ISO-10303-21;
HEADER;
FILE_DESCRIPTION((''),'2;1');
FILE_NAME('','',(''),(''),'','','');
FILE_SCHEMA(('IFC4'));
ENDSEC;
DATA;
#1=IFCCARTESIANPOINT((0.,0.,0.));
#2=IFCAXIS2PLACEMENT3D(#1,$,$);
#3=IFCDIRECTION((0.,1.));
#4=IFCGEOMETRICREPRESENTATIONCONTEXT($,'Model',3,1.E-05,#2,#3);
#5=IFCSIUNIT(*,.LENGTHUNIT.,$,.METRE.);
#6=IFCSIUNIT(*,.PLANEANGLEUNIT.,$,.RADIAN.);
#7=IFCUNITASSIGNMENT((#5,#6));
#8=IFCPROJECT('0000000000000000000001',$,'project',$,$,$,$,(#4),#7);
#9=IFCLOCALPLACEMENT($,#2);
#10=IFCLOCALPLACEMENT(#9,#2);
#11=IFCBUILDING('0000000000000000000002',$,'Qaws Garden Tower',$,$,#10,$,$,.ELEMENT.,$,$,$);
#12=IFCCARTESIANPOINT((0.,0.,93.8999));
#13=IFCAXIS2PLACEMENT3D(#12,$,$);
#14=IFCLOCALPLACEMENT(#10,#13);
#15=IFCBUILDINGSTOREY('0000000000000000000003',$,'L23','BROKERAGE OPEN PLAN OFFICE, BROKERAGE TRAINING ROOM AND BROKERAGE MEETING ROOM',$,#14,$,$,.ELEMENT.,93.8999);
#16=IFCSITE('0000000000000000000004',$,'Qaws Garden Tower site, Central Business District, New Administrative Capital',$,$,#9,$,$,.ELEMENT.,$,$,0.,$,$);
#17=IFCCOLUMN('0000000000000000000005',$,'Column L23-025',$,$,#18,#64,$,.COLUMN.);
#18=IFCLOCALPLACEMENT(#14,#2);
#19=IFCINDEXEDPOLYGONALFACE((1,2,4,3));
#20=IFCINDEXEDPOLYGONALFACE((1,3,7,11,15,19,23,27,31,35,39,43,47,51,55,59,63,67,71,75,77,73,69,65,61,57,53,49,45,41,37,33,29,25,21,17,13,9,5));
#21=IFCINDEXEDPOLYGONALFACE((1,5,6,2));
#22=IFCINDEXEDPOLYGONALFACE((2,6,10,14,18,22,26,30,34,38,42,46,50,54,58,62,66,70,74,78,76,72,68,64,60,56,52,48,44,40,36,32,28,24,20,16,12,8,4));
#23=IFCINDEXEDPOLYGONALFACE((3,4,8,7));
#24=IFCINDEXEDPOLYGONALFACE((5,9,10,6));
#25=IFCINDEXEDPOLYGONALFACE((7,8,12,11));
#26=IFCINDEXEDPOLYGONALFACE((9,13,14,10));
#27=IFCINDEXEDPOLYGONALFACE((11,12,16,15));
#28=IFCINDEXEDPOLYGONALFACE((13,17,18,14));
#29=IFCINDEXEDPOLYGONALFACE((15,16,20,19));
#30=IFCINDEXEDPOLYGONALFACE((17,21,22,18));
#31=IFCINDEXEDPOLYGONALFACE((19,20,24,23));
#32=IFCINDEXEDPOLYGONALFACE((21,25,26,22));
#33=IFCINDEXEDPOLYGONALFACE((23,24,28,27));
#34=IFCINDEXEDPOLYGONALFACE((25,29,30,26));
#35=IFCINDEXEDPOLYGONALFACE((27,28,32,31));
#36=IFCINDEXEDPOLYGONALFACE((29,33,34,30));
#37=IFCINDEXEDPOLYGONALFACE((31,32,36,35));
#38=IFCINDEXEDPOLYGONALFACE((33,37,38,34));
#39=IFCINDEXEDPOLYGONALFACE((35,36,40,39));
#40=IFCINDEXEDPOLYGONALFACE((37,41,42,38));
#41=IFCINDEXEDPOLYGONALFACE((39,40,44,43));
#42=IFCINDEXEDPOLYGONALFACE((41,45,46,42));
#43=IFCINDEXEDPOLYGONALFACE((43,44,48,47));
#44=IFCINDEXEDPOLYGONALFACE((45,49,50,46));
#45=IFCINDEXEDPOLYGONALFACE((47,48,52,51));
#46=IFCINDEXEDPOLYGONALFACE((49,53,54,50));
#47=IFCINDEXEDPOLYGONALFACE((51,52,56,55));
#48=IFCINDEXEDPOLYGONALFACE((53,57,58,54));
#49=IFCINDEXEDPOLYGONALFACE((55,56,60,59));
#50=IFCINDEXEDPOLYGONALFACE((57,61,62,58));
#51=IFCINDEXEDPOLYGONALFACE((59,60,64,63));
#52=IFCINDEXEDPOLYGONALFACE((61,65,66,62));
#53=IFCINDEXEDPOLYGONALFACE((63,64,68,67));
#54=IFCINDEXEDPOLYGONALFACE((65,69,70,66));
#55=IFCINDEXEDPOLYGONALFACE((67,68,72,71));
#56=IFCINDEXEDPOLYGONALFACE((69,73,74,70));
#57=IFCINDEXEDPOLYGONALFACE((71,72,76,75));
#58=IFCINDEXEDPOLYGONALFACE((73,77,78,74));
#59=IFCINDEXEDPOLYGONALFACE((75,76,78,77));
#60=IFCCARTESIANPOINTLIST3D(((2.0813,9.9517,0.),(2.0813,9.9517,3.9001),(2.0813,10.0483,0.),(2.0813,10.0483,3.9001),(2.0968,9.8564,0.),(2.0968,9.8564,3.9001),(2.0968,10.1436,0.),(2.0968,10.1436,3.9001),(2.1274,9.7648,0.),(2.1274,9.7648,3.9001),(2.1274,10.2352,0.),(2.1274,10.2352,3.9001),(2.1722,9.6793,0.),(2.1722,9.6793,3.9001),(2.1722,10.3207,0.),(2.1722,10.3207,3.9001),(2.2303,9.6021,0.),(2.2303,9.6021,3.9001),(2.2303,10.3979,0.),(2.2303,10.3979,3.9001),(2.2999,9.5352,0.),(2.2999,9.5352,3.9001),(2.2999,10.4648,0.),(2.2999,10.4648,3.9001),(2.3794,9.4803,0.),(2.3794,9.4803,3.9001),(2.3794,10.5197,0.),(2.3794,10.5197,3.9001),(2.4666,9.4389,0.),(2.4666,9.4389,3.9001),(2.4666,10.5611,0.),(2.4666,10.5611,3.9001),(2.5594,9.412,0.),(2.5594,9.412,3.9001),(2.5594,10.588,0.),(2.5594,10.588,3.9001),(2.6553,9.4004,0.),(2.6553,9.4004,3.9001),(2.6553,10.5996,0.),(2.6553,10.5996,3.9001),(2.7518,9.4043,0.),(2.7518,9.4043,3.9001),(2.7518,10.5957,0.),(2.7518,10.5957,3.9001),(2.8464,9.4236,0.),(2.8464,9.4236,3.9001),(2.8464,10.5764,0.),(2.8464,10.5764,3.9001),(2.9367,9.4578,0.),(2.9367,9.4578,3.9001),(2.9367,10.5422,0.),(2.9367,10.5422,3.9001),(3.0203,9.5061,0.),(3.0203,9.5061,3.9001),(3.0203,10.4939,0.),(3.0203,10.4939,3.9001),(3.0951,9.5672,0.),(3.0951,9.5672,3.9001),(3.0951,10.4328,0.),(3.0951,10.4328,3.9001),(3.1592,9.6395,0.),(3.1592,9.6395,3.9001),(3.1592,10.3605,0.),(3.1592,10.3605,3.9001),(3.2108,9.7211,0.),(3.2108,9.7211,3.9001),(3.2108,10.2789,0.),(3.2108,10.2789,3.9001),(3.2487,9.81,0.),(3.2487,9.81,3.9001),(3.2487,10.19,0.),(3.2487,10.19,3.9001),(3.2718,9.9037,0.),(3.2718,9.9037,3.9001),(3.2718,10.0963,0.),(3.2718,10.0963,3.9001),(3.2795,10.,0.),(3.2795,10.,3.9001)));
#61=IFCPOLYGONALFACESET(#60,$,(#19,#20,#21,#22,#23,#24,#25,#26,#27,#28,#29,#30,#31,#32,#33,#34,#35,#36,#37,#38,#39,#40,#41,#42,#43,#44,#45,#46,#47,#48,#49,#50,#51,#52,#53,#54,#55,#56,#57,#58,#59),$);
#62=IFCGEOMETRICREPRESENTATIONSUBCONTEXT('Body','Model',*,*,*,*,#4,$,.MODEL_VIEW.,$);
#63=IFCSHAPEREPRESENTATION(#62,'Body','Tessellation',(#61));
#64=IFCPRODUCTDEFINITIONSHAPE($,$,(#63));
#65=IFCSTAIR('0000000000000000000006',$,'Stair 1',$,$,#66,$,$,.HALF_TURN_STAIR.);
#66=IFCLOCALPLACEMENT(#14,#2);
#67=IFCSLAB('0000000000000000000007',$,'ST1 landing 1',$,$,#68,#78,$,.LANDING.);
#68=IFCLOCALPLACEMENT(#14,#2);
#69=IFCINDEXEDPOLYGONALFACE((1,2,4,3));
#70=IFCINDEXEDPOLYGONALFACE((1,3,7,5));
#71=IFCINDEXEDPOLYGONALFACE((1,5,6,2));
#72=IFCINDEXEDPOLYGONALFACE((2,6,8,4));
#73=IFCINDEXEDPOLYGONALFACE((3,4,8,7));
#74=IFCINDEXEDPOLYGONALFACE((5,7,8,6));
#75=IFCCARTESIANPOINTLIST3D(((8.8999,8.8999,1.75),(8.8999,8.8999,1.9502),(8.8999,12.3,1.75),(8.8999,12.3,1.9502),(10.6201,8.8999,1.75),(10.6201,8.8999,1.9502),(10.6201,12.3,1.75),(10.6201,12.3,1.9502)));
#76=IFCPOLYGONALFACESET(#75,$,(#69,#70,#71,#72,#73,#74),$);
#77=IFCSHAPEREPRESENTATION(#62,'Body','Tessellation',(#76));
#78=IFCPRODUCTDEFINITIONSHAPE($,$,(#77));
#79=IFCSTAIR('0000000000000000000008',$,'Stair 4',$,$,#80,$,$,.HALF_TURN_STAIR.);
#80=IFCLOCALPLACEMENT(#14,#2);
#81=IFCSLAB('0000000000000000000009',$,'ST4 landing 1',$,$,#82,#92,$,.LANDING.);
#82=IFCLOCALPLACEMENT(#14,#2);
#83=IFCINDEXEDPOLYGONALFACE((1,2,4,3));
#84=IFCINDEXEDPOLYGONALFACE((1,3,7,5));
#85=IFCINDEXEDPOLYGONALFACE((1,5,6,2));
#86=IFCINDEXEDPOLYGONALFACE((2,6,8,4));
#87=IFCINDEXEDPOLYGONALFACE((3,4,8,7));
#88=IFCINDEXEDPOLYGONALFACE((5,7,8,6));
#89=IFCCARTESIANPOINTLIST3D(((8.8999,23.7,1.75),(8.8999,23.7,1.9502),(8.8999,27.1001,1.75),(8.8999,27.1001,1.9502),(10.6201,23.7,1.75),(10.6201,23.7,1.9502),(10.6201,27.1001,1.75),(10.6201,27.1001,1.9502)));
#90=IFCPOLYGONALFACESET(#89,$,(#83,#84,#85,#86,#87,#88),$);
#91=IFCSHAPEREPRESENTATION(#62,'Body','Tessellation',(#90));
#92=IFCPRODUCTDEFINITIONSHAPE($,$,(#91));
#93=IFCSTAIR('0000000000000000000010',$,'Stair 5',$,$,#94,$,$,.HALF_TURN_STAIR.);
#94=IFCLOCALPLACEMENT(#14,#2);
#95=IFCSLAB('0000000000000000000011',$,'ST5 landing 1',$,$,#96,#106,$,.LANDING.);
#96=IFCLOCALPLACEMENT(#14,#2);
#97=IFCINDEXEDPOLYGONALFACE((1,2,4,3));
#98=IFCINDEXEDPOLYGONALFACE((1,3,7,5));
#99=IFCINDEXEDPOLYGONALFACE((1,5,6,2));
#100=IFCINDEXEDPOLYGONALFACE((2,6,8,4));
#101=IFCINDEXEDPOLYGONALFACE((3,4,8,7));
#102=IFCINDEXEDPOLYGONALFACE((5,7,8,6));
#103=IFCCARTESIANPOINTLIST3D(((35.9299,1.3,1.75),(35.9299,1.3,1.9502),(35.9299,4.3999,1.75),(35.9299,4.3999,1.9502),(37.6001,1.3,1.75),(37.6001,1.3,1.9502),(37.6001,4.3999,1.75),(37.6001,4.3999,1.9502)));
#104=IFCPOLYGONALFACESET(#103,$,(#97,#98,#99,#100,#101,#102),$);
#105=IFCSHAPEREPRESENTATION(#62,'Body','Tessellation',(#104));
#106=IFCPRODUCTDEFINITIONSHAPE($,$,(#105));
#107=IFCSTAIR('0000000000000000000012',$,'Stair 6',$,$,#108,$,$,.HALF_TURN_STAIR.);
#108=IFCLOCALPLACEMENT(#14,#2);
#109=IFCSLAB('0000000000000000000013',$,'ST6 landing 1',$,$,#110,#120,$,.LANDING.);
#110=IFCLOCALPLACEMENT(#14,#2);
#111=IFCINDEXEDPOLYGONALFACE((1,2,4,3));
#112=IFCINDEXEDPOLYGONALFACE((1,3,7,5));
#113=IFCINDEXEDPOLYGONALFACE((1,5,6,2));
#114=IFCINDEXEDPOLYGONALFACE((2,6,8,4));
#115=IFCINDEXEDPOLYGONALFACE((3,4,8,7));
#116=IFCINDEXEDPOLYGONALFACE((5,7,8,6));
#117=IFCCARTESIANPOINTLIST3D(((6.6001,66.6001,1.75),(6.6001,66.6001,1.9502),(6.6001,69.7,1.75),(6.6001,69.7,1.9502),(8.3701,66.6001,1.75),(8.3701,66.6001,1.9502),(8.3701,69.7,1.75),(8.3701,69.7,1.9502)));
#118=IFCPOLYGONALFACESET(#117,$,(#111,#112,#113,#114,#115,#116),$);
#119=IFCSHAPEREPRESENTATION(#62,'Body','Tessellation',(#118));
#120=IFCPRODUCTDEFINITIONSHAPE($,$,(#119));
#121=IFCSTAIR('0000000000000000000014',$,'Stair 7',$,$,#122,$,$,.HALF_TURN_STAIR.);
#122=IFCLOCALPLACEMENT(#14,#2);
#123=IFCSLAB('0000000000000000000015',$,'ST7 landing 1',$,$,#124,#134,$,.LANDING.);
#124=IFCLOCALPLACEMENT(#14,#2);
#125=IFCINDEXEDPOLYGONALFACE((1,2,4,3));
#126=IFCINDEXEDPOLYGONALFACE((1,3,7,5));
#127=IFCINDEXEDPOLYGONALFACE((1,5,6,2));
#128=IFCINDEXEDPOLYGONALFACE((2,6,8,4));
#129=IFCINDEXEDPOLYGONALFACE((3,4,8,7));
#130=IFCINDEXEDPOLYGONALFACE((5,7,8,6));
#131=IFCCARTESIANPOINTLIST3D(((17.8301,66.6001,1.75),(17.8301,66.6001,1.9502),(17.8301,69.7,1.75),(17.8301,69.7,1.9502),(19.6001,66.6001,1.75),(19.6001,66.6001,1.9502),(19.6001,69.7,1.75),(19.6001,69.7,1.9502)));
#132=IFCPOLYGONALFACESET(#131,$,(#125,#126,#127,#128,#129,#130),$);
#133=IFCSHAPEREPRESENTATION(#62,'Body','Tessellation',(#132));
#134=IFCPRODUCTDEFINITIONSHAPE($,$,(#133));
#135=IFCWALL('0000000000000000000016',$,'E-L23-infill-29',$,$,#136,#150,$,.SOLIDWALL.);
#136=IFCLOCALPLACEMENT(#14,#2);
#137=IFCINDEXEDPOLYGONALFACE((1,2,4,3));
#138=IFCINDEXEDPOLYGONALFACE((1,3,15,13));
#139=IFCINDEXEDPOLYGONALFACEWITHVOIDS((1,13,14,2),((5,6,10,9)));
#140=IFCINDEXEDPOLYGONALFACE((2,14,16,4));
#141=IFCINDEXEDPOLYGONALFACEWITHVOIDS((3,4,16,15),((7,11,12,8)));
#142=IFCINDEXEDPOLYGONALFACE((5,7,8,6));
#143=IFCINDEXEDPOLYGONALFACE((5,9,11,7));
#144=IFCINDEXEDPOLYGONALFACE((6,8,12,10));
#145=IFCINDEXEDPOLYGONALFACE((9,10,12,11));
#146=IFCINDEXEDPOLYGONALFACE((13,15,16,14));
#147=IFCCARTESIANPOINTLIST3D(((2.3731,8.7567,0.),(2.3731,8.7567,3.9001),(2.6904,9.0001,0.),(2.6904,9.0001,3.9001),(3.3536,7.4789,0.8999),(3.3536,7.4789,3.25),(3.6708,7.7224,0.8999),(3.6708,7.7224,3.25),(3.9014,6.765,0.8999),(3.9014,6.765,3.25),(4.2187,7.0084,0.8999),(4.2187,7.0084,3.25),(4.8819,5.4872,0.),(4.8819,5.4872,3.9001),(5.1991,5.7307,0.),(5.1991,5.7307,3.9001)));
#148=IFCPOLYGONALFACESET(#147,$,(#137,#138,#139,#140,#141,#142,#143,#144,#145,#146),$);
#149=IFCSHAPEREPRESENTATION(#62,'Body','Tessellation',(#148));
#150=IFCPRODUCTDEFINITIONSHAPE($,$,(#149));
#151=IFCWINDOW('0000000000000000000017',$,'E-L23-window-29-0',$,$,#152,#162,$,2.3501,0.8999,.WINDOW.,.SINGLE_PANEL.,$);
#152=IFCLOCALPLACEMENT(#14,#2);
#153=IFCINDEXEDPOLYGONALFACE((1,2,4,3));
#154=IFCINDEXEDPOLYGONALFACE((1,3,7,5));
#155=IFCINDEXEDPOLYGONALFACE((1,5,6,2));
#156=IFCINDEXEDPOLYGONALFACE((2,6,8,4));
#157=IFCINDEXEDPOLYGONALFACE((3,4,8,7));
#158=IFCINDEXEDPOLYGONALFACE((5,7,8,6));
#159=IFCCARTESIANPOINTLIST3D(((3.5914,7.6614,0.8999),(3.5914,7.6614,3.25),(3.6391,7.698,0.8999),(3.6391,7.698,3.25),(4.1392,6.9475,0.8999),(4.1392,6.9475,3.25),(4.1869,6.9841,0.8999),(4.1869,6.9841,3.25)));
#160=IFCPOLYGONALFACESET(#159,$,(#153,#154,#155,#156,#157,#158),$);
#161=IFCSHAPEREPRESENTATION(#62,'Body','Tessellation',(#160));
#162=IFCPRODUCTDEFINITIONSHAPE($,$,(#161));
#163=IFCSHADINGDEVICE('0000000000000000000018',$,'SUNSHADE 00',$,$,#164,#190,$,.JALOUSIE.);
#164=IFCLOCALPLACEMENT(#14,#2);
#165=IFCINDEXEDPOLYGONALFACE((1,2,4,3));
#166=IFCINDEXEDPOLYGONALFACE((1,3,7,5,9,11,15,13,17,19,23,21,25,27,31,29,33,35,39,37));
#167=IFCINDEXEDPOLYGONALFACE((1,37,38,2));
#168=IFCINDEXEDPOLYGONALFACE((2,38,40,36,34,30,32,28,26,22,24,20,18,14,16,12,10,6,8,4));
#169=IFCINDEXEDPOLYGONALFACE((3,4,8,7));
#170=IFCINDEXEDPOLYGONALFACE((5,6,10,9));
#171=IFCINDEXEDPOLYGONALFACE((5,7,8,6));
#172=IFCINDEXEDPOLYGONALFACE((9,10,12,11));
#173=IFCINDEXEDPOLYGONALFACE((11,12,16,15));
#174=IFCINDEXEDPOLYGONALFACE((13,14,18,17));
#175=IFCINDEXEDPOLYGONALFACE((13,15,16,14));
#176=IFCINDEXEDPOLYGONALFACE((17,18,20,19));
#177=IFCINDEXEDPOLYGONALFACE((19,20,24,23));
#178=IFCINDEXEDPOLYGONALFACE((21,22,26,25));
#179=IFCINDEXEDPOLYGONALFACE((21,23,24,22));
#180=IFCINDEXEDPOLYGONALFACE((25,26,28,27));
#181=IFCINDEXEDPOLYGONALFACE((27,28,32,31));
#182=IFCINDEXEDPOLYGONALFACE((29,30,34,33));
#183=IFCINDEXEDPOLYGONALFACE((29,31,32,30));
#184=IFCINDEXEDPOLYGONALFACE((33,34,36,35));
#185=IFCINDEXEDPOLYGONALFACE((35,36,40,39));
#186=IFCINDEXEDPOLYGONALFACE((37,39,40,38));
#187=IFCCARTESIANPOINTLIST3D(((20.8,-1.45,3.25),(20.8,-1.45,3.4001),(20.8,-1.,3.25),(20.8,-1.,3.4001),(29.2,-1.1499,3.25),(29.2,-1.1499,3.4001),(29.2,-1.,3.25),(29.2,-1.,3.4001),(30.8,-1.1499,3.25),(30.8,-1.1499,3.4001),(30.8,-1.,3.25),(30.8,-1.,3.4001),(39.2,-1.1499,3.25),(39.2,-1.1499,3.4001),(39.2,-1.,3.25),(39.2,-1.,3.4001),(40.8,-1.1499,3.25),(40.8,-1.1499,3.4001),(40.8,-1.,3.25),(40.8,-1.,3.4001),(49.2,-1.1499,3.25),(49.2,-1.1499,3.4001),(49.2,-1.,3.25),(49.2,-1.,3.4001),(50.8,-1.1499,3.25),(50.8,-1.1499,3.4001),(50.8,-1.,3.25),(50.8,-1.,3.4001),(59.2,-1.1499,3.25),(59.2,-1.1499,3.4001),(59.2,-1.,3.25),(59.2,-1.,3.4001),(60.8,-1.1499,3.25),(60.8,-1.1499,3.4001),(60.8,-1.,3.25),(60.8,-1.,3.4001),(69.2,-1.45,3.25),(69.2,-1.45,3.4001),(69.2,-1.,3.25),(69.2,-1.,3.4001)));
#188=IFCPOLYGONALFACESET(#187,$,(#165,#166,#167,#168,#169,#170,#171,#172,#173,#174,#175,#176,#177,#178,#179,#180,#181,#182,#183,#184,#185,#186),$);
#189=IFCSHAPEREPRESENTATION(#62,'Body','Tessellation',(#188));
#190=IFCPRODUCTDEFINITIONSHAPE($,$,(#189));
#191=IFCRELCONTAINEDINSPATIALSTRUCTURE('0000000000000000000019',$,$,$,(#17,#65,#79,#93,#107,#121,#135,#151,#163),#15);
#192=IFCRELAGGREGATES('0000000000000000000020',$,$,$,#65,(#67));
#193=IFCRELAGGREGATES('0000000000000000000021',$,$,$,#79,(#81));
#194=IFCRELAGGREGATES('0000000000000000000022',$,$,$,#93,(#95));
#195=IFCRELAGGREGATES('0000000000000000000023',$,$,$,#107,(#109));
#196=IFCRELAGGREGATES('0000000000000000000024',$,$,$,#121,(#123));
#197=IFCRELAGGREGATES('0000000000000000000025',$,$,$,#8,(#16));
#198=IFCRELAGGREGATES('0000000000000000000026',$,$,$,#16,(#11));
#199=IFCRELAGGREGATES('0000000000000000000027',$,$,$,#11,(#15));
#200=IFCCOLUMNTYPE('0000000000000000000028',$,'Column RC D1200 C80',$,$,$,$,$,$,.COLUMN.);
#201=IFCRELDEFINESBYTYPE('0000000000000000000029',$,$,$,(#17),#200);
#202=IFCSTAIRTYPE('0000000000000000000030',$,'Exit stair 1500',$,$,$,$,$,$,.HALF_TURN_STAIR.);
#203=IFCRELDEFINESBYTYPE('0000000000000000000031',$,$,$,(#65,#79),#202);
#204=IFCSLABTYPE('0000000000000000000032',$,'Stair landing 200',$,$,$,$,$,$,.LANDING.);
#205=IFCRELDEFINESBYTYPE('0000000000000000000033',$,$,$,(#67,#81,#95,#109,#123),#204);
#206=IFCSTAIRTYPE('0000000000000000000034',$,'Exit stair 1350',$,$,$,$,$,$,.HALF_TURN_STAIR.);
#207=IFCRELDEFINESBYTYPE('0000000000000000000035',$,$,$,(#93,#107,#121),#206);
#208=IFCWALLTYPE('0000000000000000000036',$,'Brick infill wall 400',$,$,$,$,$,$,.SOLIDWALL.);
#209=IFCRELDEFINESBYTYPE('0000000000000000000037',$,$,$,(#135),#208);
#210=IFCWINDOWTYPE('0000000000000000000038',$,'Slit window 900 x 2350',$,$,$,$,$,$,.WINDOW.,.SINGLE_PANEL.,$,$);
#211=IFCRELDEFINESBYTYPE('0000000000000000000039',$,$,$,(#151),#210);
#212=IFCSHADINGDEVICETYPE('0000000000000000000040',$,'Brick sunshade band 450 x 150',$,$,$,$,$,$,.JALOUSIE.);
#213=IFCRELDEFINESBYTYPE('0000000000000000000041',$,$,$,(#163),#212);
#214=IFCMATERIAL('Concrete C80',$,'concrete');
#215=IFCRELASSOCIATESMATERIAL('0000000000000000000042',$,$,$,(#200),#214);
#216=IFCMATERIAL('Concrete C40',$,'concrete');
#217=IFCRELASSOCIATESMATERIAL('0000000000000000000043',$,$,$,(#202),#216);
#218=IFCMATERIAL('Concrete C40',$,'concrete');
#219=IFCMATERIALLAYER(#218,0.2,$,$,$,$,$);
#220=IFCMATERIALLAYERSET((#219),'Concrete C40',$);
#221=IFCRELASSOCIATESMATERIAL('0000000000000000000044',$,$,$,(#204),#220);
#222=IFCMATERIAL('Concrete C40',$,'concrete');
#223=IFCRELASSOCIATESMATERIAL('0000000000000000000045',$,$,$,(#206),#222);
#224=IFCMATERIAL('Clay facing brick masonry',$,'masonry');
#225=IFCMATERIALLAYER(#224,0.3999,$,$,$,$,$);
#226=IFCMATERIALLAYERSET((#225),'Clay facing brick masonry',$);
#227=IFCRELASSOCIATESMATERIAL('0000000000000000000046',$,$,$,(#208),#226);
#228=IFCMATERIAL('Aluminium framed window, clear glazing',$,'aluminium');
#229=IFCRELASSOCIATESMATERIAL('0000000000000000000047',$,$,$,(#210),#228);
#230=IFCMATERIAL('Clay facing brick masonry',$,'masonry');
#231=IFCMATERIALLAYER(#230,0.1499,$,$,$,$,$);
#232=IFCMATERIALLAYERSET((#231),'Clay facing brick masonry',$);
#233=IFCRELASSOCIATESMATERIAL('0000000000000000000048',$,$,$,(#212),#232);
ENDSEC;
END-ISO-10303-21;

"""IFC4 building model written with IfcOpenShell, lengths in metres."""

from ifc_helpers import new_model, si_unit, direction, frame, frame_2d, origin, origin_2d, place, context, subcontext, project, spatial, polyline, rectangle, circle, outline, extrude, material, layer, layer_set, material_profile, profile_set, type_object, element, fill, aggregate, save


model = new_model("IFC4")

# Units and contexts
model_context = context("Model", 3, precision=1e-05, world=origin(), true_north=direction((0.0, 1.0)))
body_context = subcontext(model_context, "Body", "Model", "MODEL_VIEW")
ifc_project = project(units=[si_unit("LENGTHUNIT", "METRE"), si_unit("PLANEANGLEUNIT", "RADIAN")], contexts=[model_context])

# Site, building, storey
site_placement = place(None, origin())
site = spatial("IfcSite", under=ifc_project, at=site_placement, Name="Qaws Garden Tower site, Central Business District, New Administrative Capital", CompositionType="ELEMENT", RefElevation=0.0)
building_placement = place(site_placement, origin())
building = spatial("IfcBuilding", under=site, at=building_placement, Name="Qaws Garden Tower", CompositionType="ELEMENT")
storey_placement = place(building_placement, frame((0.0, 0.0, 93.8999)))
storey = spatial("IfcBuildingStorey", under=building, at=storey_placement, Name="L23", Description="BROKERAGE OPEN PLAN OFFICE, BROKERAGE TRAINING ROOM AND BROKERAGE MEETING ROOM", CompositionType="ELEMENT", Elevation=93.8999)

# Column
ifc_material_1 = material(Name="Concrete C80", Category="concrete")
ifc_material_profile = material_profile(ifc_material_1, circle(Radius=0.6001, at=origin_2d()), Name="RC D1200")
ifc_profile_set = profile_set([ifc_material_profile], Name="Concrete C80")
column_type = type_object("IfcColumnType", Name="Column RC D1200 C80", PredefinedType="COLUMN", material=ifc_profile_set)
column_placement = place(storey_placement, frame((2.6794, 10.0, 0.0), z_axis=(0.0, 0.0, 1.0), x_axis=(1.0, 0.0, 0.0)))
element("IfcColumn", 1, at=column_placement, inside=storey, type_object=column_type, Name="Column L23-025", PredefinedType="COLUMN", context=body_context, shape_type="SweptSolid", body=[
    extrude(circle(Radius=0.6001, at=origin_2d()), origin(), (0.0, 0.0, 1.0), 3.9001),
])

# Stairs, slabs
ifc_material_2 = material(Name="Concrete C40", Category="concrete")
stair_type_1 = type_object("IfcStairType", Name="Exit stair 1500", PredefinedType="HALF_TURN_STAIR", material=ifc_material_2)
placement_1 = place(storey_placement, origin())
stair_1 = element("IfcStair", 2, at=placement_1, inside=storey, type_object=stair_type_1, Name="Stair 1", PredefinedType="HALF_TURN_STAIR")
ifc_material_3 = material(Name="Concrete C40", Category="concrete")
ifc_layer_1 = layer(ifc_material_3, 0.2)
ifc_layer_set_1 = layer_set([ifc_layer_1], Name="Concrete C40")
slab_type = type_object("IfcSlabType", Name="Stair landing 200", PredefinedType="LANDING", material=ifc_layer_set_1)
placement_2 = place(storey_placement, frame((0.0, 0.0, 1.75)))
slab_1 = element("IfcSlab", 3, at=placement_2, type_object=slab_type, Name="ST1 landing 1", PredefinedType="LANDING", context=body_context, shape_type="SweptSolid", body=[
    extrude(outline(polyline([(8.8999, 8.8999), (10.6201, 8.8999), (10.6201, 12.3), (8.8999, 12.3), (8.8999, 8.8999)])), origin(), (0.0, 0.0, 1.0), 0.2002),
])
aggregate(stair_1, [slab_1])
stair_2 = element("IfcStair", 4, at=placement_1, inside=storey, type_object=stair_type_1, Name="Stair 4", PredefinedType="HALF_TURN_STAIR")
slab_2 = element("IfcSlab", 5, at=placement_2, type_object=slab_type, Name="ST4 landing 1", PredefinedType="LANDING", context=body_context, shape_type="SweptSolid", body=[
    extrude(outline(polyline([(8.8999, 23.7), (10.6201, 23.7), (10.6201, 27.1001), (8.8999, 27.1001), (8.8999, 23.7)])), origin(), (0.0, 0.0, 1.0), 0.2002),
])
aggregate(stair_2, [slab_2])
ifc_material_4 = material(Name="Concrete C40", Category="concrete")
stair_type_2 = type_object("IfcStairType", Name="Exit stair 1350", PredefinedType="HALF_TURN_STAIR", material=ifc_material_4)
stair_3 = element("IfcStair", 6, at=placement_1, inside=storey, type_object=stair_type_2, Name="Stair 5", PredefinedType="HALF_TURN_STAIR")
slab_3 = element("IfcSlab", 7, at=placement_2, type_object=slab_type, Name="ST5 landing 1", PredefinedType="LANDING", context=body_context, shape_type="SweptSolid", body=[
    extrude(outline(polyline([(35.9299, 1.3), (37.6001, 1.3), (37.6001, 4.3999), (35.9299, 4.3999), (35.9299, 1.3)])), origin(), (0.0, 0.0, 1.0), 0.2002),
])
aggregate(stair_3, [slab_3])
stair_4 = element("IfcStair", 8, at=placement_1, inside=storey, type_object=stair_type_2, Name="Stair 6", PredefinedType="HALF_TURN_STAIR")
slab_4 = element("IfcSlab", 9, at=placement_2, type_object=slab_type, Name="ST6 landing 1", PredefinedType="LANDING", context=body_context, shape_type="SweptSolid", body=[
    extrude(outline(polyline([(6.6001, 66.6001), (8.3701, 66.6001), (8.3701, 69.7), (6.6001, 69.7), (6.6001, 66.6001)])), origin(), (0.0, 0.0, 1.0), 0.2002),
])
aggregate(stair_4, [slab_4])
stair_5 = element("IfcStair", 10, at=placement_1, inside=storey, type_object=stair_type_2, Name="Stair 7", PredefinedType="HALF_TURN_STAIR")
slab_5 = element("IfcSlab", 11, at=placement_2, type_object=slab_type, Name="ST7 landing 1", PredefinedType="LANDING", context=body_context, shape_type="SweptSolid", body=[
    extrude(outline(polyline([(17.8301, 66.6001), (19.6001, 66.6001), (19.6001, 69.7), (17.8301, 69.7), (17.8301, 66.6001)])), origin(), (0.0, 0.0, 1.0), 0.2002),
])
aggregate(stair_5, [slab_5])

# Wall, opening, window
ifc_material_5 = material(Name="Clay facing brick masonry", Category="masonry")
ifc_layer_2 = layer(ifc_material_5, 0.3999)
ifc_layer_set_2 = layer_set([ifc_layer_2], Name="Clay facing brick masonry")
wall_type = type_object("IfcWallType", Name="Brick infill wall 400", PredefinedType="SOLIDWALL", material=ifc_layer_set_2)
wall_placement = place(storey_placement, frame((2.5317, 8.8784, 0.0), z_axis=(0.0, 0.0, 1.0), x_axis=(0.60876, -0.793355, 0.0)))
wall = element("IfcWall", 12, at=wall_placement, inside=storey, type_object=wall_type, Name="E-L23-infill-29", PredefinedType="SOLIDWALL", context=body_context, shape_type="SweptSolid", body=[
    extrude(rectangle(XDim=4.1211, YDim=0.3999, at=frame_2d((2.0605, 0.0))), origin(), (0.0, 0.0, 1.0), 3.9001),
])
opening_placement = place(wall_placement, frame((1.6106, 0.0, 0.8999)))
opening = element("IfcOpeningElement", 13, at=opening_placement, cuts=wall, PredefinedType="OPENING", context=body_context, shape_type="SweptSolid", body=[
    extrude(rectangle(XDim=0.8999, YDim=2.3501, at=frame_2d((0.45, 1.175))), frame((0.0, 0.21, 0.0), z_axis=(0.0, -1.0, 0.0), x_axis=(1.0, 0.0, 0.0)), (0.0, 0.0, 1.0), 0.4199),
])
ifc_material_6 = material(Name="Aluminium framed window, clear glazing", Category="aluminium")
window_type = type_object("IfcWindowType", Name="Slit window 900 x 2350", PartitioningType="SINGLE_PANEL", PredefinedType="WINDOW", material=ifc_material_6)
window_placement = place(opening_placement, origin())
window = element("IfcWindow", 14, at=window_placement, inside=storey, type_object=window_type, Name="E-L23-window-29-0", OverallHeight=2.3501, OverallWidth=0.8999, PartitioningType="SINGLE_PANEL", PredefinedType="WINDOW", context=body_context, shape_type="SweptSolid", body=[
    extrude(rectangle(XDim=0.8999, YDim=2.3501, at=frame_2d((0.45, 1.175))), frame((0.0, 0.1599, 0.0), z_axis=(0.0, -1.0, 0.0), x_axis=(1.0, 0.0, 0.0)), (0.0, 0.0, 1.0), 0.0601),
])
fill(opening, window)

# Shading device
ifc_material_7 = material(Name="Clay facing brick masonry", Category="masonry")
ifc_layer_3 = layer(ifc_material_7, 0.1499)
ifc_layer_set_3 = layer_set([ifc_layer_3], Name="Clay facing brick masonry")
shading_device_type = type_object("IfcShadingDeviceType", Name="Brick sunshade band 450 x 150", PredefinedType="JALOUSIE", material=ifc_layer_set_3)
shading_device_placement = place(storey_placement, frame((0.0, 0.0, 3.25)))
element("IfcShadingDevice", 15, at=shading_device_placement, inside=storey, type_object=shading_device_type, Name="SUNSHADE 00", PredefinedType="JALOUSIE", context=body_context, shape_type="SweptSolid", body=[
    extrude(outline(polyline([(20.8, -1.0), (20.8, -1.45), (69.2, -1.45), (69.2, -1.0), (60.8, -1.0), (60.8, -1.1499), (59.2, -1.1499), (59.2, -1.0), (50.8, -1.0), (50.8, -1.1499), (49.2, -1.1499), (49.2, -1.0), (40.8, -1.0), (40.8, -1.1499), (39.2, -1.1499), (39.2, -1.0), (30.8, -1.0), (30.8, -1.1499), (29.2, -1.1499), (29.2, -1.0), (20.8, -1.0)])), origin(), (0.0, 0.0, 1.0), 0.1501),
])

save(model, "model.ifc")
